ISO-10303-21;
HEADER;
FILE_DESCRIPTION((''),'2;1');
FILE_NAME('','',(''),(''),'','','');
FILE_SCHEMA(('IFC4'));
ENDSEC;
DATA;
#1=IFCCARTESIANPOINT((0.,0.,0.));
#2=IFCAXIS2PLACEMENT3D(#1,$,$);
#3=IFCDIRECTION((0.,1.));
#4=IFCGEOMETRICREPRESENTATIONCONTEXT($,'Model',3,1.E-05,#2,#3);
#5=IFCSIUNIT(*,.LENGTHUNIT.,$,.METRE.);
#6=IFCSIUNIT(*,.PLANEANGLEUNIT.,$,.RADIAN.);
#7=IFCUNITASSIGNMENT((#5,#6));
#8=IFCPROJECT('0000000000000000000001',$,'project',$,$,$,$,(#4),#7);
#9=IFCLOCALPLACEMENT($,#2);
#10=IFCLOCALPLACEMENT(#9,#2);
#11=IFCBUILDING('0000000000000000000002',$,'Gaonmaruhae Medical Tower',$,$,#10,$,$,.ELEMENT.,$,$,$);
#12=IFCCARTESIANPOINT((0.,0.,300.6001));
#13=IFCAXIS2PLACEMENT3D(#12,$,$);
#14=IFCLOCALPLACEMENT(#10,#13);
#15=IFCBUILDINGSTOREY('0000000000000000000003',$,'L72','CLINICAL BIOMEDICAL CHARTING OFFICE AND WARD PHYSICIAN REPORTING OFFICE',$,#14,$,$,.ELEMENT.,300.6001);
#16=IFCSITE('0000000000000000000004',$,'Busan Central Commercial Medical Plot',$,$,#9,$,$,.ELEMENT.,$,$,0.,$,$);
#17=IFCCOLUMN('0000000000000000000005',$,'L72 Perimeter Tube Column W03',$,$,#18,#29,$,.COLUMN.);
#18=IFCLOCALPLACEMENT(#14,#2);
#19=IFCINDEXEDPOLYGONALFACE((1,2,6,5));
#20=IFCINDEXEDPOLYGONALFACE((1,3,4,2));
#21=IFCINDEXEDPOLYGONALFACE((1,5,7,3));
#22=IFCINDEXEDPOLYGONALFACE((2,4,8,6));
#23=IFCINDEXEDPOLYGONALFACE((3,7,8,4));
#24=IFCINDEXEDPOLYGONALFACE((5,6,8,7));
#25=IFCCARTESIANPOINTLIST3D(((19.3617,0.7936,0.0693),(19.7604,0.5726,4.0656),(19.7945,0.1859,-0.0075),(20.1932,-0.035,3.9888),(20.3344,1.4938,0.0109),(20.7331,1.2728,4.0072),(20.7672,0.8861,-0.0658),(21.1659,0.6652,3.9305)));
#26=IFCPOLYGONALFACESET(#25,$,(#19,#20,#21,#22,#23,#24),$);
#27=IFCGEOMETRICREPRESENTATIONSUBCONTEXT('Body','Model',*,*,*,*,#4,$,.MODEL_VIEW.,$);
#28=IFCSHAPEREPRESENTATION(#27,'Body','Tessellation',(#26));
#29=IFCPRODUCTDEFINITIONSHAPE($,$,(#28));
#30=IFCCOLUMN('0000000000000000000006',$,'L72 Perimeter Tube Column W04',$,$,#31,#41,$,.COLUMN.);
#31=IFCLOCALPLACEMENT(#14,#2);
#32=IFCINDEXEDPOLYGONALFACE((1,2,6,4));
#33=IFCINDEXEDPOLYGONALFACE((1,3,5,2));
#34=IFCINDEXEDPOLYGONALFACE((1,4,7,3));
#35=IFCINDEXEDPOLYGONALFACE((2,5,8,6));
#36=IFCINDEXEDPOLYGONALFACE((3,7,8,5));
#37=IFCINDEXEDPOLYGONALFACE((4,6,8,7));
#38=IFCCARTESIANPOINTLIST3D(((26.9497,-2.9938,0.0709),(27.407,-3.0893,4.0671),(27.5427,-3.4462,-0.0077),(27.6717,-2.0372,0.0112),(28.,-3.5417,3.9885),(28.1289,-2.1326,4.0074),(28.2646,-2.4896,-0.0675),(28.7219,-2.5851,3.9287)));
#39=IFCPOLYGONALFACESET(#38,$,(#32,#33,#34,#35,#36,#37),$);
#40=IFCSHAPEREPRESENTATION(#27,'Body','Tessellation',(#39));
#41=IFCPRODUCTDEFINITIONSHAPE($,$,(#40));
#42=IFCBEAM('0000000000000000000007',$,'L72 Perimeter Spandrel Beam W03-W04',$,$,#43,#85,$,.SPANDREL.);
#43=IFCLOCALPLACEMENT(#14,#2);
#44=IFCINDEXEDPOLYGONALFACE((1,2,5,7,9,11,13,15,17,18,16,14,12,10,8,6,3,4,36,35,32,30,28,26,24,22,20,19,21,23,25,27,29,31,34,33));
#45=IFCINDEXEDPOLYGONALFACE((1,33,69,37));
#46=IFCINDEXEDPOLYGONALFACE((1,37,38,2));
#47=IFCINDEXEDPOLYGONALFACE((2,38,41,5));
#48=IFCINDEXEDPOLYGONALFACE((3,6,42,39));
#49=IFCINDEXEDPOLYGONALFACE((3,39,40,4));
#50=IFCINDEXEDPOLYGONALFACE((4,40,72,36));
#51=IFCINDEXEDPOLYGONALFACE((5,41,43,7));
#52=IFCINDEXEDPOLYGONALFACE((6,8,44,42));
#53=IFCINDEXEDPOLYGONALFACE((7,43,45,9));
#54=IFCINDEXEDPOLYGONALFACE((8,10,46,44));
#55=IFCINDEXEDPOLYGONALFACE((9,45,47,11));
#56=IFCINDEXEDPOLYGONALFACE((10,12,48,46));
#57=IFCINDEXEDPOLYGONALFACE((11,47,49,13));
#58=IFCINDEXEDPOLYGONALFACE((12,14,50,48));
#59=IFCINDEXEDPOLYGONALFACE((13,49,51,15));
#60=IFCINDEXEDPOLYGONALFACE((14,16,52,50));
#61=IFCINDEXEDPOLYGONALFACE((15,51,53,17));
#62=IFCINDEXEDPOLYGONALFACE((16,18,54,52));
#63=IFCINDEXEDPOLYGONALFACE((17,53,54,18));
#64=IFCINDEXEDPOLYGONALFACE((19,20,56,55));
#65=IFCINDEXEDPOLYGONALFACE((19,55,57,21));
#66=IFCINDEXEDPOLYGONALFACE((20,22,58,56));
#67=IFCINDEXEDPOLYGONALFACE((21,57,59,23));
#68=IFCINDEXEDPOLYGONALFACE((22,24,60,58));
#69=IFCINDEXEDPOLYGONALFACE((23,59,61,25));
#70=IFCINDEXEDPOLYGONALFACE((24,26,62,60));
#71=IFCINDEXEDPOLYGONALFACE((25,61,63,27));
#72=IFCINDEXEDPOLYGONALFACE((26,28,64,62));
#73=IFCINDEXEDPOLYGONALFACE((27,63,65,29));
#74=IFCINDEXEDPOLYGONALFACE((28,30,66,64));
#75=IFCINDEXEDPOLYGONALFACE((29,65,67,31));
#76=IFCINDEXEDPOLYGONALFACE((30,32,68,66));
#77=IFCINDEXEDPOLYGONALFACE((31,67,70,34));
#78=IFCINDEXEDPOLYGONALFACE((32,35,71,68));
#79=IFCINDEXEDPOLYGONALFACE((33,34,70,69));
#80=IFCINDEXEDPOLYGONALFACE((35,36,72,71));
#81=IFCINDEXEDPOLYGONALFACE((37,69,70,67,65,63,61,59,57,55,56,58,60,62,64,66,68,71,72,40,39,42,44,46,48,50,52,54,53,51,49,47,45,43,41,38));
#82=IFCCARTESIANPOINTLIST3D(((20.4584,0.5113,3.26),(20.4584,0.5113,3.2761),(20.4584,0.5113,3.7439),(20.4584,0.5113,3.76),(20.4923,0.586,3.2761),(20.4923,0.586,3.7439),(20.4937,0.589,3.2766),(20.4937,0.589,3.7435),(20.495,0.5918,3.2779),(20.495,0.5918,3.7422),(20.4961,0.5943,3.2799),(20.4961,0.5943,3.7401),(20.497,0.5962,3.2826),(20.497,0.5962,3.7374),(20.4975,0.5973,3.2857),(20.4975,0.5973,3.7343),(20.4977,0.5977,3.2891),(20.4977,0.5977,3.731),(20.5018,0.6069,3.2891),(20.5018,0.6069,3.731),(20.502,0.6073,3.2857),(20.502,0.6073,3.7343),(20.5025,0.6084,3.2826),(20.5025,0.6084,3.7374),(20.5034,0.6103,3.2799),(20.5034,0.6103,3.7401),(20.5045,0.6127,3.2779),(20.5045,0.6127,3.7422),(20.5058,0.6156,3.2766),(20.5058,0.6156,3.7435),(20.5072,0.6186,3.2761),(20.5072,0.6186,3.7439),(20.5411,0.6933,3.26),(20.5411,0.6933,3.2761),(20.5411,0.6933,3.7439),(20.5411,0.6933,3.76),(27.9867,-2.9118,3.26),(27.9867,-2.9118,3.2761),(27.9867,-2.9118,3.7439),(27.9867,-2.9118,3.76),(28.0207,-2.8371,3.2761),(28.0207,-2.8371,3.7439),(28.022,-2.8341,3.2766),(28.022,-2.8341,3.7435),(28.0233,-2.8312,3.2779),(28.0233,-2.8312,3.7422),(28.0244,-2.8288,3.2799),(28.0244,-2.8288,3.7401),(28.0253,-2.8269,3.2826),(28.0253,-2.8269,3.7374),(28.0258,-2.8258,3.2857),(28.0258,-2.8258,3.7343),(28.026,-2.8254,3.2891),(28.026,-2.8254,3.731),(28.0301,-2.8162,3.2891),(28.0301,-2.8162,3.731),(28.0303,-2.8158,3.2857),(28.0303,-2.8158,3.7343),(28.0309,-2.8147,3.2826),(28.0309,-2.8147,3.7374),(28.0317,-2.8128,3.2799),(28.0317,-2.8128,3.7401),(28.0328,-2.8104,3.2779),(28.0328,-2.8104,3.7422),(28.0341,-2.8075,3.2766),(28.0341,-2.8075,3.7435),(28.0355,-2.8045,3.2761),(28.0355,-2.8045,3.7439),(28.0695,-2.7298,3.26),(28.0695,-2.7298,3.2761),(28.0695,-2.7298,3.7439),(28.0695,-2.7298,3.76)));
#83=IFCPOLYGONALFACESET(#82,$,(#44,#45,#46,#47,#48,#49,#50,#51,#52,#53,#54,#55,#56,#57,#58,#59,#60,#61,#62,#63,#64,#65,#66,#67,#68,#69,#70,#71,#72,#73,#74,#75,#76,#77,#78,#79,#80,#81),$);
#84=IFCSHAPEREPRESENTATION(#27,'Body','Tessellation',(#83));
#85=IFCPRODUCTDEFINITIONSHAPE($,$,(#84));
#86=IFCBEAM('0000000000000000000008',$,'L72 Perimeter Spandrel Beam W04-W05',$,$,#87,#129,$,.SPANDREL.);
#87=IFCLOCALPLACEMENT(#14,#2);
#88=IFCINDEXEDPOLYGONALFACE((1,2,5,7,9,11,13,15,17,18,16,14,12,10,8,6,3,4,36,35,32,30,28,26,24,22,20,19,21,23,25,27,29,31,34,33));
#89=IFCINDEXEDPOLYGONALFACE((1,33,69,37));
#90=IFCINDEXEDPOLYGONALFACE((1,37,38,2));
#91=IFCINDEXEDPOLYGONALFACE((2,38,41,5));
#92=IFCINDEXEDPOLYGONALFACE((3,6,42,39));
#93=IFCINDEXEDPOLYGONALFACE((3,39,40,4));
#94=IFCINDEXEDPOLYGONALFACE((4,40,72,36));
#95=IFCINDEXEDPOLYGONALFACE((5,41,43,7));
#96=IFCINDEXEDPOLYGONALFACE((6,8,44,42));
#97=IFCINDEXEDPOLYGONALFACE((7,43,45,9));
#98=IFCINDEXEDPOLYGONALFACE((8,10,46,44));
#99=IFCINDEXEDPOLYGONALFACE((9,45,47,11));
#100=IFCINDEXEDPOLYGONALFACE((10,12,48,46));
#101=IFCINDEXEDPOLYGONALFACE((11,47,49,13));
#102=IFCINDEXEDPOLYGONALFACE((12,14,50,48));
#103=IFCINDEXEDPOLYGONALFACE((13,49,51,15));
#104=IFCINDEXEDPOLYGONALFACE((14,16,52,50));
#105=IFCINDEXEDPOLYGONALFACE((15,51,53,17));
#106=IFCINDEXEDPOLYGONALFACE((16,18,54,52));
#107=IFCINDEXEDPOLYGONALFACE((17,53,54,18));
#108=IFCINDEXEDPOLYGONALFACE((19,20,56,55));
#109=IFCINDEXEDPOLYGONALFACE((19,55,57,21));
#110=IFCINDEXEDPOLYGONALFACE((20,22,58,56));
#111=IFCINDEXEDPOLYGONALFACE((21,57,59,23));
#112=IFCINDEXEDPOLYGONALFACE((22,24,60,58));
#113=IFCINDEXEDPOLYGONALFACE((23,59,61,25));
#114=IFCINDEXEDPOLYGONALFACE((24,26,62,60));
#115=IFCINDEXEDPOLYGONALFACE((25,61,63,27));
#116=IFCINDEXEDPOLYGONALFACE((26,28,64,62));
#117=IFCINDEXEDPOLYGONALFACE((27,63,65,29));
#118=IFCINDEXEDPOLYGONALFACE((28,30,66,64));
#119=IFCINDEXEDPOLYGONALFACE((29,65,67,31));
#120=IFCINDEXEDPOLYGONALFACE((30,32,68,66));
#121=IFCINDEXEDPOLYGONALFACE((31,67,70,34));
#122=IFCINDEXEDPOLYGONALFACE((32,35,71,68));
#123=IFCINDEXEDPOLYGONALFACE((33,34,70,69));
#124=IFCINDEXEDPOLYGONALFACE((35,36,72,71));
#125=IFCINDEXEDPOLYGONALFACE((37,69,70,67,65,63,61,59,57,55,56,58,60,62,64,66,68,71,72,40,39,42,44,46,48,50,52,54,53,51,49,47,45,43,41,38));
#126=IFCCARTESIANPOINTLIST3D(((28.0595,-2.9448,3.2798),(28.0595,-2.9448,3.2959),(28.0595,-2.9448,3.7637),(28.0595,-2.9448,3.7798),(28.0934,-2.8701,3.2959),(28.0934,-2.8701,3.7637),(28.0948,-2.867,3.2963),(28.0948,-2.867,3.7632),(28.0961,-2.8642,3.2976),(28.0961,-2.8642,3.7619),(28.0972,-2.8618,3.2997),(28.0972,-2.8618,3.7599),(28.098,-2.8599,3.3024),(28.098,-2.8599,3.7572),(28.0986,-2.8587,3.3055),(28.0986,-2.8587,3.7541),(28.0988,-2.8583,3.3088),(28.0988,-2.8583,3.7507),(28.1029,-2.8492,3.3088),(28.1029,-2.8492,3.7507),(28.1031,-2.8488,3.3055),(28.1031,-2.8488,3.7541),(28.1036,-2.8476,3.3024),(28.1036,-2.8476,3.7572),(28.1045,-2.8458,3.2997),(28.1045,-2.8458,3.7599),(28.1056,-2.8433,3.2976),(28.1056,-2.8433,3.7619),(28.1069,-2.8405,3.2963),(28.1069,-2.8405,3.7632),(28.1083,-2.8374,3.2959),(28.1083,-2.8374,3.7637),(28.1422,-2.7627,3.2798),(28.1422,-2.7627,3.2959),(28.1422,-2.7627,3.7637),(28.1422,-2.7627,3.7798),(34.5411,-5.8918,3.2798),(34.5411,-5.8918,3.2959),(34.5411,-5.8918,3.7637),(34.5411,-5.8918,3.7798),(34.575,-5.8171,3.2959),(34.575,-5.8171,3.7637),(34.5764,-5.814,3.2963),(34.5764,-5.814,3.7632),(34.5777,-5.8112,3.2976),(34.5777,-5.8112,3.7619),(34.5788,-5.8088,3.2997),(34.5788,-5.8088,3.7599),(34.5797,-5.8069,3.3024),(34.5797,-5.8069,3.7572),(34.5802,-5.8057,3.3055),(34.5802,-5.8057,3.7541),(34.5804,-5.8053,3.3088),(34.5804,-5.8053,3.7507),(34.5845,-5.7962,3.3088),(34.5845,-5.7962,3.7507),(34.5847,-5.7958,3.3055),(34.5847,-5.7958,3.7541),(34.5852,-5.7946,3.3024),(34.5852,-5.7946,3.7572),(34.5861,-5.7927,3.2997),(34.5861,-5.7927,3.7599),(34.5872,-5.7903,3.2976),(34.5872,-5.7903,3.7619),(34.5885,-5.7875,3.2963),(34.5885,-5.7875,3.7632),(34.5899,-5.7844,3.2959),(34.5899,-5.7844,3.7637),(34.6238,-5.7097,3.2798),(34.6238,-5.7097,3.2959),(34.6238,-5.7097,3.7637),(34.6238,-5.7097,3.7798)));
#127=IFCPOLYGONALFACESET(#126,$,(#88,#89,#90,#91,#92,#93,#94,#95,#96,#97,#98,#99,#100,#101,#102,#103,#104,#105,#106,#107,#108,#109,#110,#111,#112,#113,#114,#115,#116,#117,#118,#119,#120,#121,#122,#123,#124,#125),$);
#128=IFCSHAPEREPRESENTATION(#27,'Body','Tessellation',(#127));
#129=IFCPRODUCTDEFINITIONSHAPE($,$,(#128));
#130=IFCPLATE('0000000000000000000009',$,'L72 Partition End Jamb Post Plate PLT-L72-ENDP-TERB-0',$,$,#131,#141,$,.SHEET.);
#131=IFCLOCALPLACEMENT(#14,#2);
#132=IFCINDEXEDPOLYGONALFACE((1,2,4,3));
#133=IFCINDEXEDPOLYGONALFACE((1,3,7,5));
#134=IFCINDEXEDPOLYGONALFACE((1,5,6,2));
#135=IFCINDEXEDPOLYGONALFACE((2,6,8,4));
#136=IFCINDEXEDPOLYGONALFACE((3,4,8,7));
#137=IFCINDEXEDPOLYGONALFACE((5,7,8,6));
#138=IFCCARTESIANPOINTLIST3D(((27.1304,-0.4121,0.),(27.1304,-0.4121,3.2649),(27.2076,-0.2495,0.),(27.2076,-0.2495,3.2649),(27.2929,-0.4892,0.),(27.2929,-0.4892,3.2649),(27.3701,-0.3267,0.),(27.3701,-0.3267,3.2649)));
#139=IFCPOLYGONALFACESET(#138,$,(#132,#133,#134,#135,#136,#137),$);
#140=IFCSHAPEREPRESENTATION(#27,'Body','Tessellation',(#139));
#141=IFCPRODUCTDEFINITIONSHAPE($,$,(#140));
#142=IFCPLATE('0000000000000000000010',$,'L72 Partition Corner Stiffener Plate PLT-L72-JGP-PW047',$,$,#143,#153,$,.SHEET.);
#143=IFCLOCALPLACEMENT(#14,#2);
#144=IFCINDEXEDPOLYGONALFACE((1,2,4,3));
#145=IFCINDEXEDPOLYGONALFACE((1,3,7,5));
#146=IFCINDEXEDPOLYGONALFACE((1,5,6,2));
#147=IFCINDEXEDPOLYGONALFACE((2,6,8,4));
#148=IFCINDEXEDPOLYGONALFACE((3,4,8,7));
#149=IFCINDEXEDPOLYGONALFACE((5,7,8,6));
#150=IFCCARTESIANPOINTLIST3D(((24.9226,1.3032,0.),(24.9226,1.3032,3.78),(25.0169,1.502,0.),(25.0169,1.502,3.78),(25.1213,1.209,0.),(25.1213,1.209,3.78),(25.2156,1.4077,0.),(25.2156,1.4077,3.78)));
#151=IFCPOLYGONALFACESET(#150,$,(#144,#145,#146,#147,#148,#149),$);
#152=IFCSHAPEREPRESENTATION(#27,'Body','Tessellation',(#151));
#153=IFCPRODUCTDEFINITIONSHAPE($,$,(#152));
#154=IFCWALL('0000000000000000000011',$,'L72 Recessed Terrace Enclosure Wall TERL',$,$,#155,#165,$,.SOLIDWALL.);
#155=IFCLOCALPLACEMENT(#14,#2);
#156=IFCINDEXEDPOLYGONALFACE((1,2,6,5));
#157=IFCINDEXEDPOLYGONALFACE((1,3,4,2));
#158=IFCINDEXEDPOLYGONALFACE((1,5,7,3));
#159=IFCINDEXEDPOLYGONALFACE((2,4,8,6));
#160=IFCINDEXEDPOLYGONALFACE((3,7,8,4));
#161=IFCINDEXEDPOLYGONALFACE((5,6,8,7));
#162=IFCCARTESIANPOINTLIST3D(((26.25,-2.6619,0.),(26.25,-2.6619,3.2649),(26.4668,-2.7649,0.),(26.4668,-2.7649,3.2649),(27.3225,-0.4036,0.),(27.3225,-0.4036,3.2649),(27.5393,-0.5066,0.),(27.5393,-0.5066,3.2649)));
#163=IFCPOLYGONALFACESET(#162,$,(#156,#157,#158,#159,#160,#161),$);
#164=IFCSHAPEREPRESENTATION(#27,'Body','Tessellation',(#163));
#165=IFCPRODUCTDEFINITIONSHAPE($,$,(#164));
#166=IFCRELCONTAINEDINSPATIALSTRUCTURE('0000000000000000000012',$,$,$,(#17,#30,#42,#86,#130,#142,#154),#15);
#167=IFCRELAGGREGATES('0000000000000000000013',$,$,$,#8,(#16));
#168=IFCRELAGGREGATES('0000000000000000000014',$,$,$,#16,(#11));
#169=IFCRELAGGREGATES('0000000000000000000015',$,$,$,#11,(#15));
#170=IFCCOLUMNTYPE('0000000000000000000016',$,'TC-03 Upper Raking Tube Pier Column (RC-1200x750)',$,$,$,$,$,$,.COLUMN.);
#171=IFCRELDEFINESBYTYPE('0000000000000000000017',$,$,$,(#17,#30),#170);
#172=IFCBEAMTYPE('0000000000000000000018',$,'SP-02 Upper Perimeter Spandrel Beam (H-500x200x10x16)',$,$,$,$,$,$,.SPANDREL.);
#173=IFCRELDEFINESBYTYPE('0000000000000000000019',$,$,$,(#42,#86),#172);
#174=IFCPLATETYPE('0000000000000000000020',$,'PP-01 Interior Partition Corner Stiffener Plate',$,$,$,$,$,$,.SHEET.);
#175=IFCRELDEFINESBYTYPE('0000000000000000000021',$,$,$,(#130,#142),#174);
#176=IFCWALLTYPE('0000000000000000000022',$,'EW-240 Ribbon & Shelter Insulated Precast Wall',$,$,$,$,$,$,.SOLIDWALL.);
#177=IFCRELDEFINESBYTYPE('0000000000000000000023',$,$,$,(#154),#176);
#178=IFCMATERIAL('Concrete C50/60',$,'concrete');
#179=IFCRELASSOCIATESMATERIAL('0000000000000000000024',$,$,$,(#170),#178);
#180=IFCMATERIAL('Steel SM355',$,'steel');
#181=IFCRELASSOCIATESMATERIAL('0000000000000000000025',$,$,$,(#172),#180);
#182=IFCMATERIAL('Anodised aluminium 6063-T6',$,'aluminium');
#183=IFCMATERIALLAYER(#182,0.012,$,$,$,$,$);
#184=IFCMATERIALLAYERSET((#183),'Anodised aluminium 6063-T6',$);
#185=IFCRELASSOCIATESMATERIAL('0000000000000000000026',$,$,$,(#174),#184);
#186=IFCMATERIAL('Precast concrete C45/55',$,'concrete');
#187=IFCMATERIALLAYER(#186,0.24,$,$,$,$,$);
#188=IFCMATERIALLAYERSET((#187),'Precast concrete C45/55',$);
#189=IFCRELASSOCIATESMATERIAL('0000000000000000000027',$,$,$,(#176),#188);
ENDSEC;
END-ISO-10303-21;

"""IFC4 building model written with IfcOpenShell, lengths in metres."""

from ifc_helpers import new_model, si_unit, direction, frame, frame_2d, origin, origin_2d, place, context, subcontext, project, spatial, rectangle, i_section, extrude, material, layer, layer_set, material_profile, profile_set, type_object, element, save


model = new_model("IFC4")

# Units and contexts
model_context = context("Model", 3, precision=1e-05, world=origin(), true_north=direction((0.0, 1.0)))
body_context = subcontext(model_context, "Body", "Model", "MODEL_VIEW")
ifc_project = project(units=[si_unit("LENGTHUNIT", "METRE"), si_unit("PLANEANGLEUNIT", "RADIAN")], contexts=[model_context])

# Site, building, storey
site_placement = place(None, origin())
site = spatial("IfcSite", under=ifc_project, at=site_placement, Name="Busan Central Commercial Medical Plot", CompositionType="ELEMENT", RefElevation=0.0)
building_placement = place(site_placement, origin())
building = spatial("IfcBuilding", under=site, at=building_placement, Name="Gaonmaruhae Medical Tower", CompositionType="ELEMENT")
storey_placement = place(building_placement, frame((0.0, 0.0, 300.6001)))
storey = spatial("IfcBuildingStorey", under=building, at=storey_placement, Name="L72", Description="CLINICAL BIOMEDICAL CHARTING OFFICE AND WARD PHYSICIAN REPORTING OFFICE", CompositionType="ELEMENT", Elevation=300.6001)

# Columns
ifc_material_1 = material(Name="Concrete C50/60", Category="concrete")
ifc_material_profile_1 = material_profile(ifc_material_1, rectangle(XDim=1.2, YDim=0.75, at=origin_2d()), Name="RC-1200x750")
ifc_profile_set_1 = profile_set([ifc_material_profile_1], Name="Concrete C50/60")
column_type = type_object("IfcColumnType", Name="TC-03 Upper Raking Tube Pier Column (RC-1200x750)", PredefinedType="COLUMN", material=ifc_profile_set_1)
column_1_placement = place(storey_placement, frame((20.0645, 0.8398, 0.0017), z_axis=(0.099119, -0.054931, 0.993558), x_axis=(-0.810633, -0.583533, 0.048608)))
element("IfcColumn", 1, at=column_1_placement, inside=storey, type_object=column_type, Name="L72 Perimeter Tube Column W03", PredefinedType="COLUMN", context=body_context, shape_type="SweptSolid", body=[
    extrude(rectangle(XDim=1.2, YDim=0.75, at=origin_2d()), origin(), (0.0, 0.0, 1.0), 4.0222),
])
column_2_placement = place(storey_placement, frame((27.6072, -2.7417, 0.0017), z_axis=(0.11365, -0.023725, 0.993238), x_axis=(-0.601641, -0.797212, 0.049799)))
element("IfcColumn", 2, at=column_2_placement, inside=storey, type_object=column_type, Name="L72 Perimeter Tube Column W04", PredefinedType="COLUMN", context=body_context, shape_type="SweptSolid", body=[
    extrude(rectangle(XDim=1.2, YDim=0.75, at=origin_2d()), origin(), (0.0, 0.0, 1.0), 4.0234),
])

# Beams
ifc_material_2 = material(Name="Steel SM355", Category="steel")
ifc_material_profile_2 = material_profile(ifc_material_2, i_section(OverallWidth=0.2, OverallDepth=0.5, WebThickness=0.01, FlangeThickness=0.0161, FilletRadius=0.0129, at=origin_2d()), Name="H-500x200x10x16")
ifc_profile_set_2 = profile_set([ifc_material_profile_2], Name="Steel SM355")
beam_type = type_object("IfcBeamType", Name="SP-02 Upper Perimeter Spandrel Beam (H-500x200x10x16)", PredefinedType="SPANDREL", material=ifc_profile_set_2)
beam_1_placement = place(storey_placement, frame((20.4998, 0.6023, 3.51), z_axis=(0.910315, -0.413916, 0.0), x_axis=(0.413916, 0.910315, 0.0)))
element("IfcBeam", 3, at=beam_1_placement, inside=storey, type_object=beam_type, Name="L72 Perimeter Spandrel Beam W03-W04", PredefinedType="SPANDREL", context=body_context, shape_type="SweptSolid", body=[
    extrude(i_section(OverallWidth=0.2, OverallDepth=0.5, WebThickness=0.01, FlangeThickness=0.0161, FilletRadius=0.0129, at=origin_2d()), origin(), (0.0, 0.0, 1.0), 8.27),
])
beam_2_placement = place(storey_placement, frame((28.1008, -2.8538, 3.5298), z_axis=(0.910324, -0.413896, 0.0), x_axis=(0.413896, 0.910324, 0.0)))
element("IfcBeam", 4, at=beam_2_placement, inside=storey, type_object=beam_type, Name="L72 Perimeter Spandrel Beam W04-W05", PredefinedType="SPANDREL", context=body_context, shape_type="SweptSolid", body=[
    extrude(i_section(OverallWidth=0.2, OverallDepth=0.5, WebThickness=0.01, FlangeThickness=0.0161, FilletRadius=0.0129, at=origin_2d()), origin(), (0.0, 0.0, 1.0), 7.1201),
])

# Plates
ifc_material_3 = material(Name="Anodised aluminium 6063-T6", Category="aluminium")
ifc_layer_1 = layer(ifc_material_3, 0.012)
ifc_layer_set_1 = layer_set([ifc_layer_1], Name="Anodised aluminium 6063-T6")
plate_type = type_object("IfcPlateType", Name="PP-01 Interior Partition Corner Stiffener Plate", PredefinedType="SHEET", material=ifc_layer_set_1)
plate_1_placement = place(storey_placement, frame((27.2502, -0.3694, 0.0), z_axis=(0.0, 0.0, 1.0), x_axis=(-0.903335, 0.428935, 0.0)))
element("IfcPlate", 5, at=plate_1_placement, inside=storey, type_object=plate_type, Name="L72 Partition End Jamb Post Plate PLT-L72-ENDP-TERB-0", PredefinedType="SHEET", context=body_context, shape_type="SweptSolid", body=[
    extrude(rectangle(XDim=0.1799, YDim=0.1799, at=origin_2d()), origin(), (0.0, 0.0, 1.0), 3.2649),
])
plate_2_placement = place(storey_placement, frame((25.0691, 1.3555, 0.0), z_axis=(0.0, 0.0, 1.0), x_axis=(0.428541, 0.903522, 0.0)))
element("IfcPlate", 6, at=plate_2_placement, inside=storey, type_object=plate_type, Name="L72 Partition Corner Stiffener Plate PLT-L72-JGP-PW047", PredefinedType="SHEET", context=body_context, shape_type="SweptSolid", body=[
    extrude(rectangle(XDim=0.22, YDim=0.22, at=origin_2d()), origin(), (0.0, 0.0, 1.0), 3.78),
])

# Shared definitions
ifc_material_4 = material(Name="Precast concrete C45/55", Category="concrete")
ifc_layer_2 = layer(ifc_material_4, 0.24)
ifc_layer_set_2 = layer_set([ifc_layer_2], Name="Precast concrete C45/55")
wall_type_1 = type_object("IfcWallType", Name="EW-240 Ribbon & Shelter Insulated Precast Wall", PredefinedType="SOLIDWALL", material=ifc_layer_set_2)

# Wall
wall_1_placement = place(storey_placement, frame((26.3584, -2.7134, 0.0), z_axis=(0.0, 0.0, 1.0), x_axis=(0.428997, 0.903306, 0.0)))
element("IfcWall", 7, at=wall_1_placement, inside=storey, type_object=wall_type_1, Name="L72 Recessed Terrace Enclosure Wall TERL", PredefinedType="SOLIDWALL", context=body_context, shape_type="SweptSolid", body=[
    extrude(rectangle(XDim=2.5, YDim=0.24, at=frame_2d((1.25, 0.0))), origin(), (0.0, 0.0, 1.0), 3.2649),
])

save(model, "model.ifc")
